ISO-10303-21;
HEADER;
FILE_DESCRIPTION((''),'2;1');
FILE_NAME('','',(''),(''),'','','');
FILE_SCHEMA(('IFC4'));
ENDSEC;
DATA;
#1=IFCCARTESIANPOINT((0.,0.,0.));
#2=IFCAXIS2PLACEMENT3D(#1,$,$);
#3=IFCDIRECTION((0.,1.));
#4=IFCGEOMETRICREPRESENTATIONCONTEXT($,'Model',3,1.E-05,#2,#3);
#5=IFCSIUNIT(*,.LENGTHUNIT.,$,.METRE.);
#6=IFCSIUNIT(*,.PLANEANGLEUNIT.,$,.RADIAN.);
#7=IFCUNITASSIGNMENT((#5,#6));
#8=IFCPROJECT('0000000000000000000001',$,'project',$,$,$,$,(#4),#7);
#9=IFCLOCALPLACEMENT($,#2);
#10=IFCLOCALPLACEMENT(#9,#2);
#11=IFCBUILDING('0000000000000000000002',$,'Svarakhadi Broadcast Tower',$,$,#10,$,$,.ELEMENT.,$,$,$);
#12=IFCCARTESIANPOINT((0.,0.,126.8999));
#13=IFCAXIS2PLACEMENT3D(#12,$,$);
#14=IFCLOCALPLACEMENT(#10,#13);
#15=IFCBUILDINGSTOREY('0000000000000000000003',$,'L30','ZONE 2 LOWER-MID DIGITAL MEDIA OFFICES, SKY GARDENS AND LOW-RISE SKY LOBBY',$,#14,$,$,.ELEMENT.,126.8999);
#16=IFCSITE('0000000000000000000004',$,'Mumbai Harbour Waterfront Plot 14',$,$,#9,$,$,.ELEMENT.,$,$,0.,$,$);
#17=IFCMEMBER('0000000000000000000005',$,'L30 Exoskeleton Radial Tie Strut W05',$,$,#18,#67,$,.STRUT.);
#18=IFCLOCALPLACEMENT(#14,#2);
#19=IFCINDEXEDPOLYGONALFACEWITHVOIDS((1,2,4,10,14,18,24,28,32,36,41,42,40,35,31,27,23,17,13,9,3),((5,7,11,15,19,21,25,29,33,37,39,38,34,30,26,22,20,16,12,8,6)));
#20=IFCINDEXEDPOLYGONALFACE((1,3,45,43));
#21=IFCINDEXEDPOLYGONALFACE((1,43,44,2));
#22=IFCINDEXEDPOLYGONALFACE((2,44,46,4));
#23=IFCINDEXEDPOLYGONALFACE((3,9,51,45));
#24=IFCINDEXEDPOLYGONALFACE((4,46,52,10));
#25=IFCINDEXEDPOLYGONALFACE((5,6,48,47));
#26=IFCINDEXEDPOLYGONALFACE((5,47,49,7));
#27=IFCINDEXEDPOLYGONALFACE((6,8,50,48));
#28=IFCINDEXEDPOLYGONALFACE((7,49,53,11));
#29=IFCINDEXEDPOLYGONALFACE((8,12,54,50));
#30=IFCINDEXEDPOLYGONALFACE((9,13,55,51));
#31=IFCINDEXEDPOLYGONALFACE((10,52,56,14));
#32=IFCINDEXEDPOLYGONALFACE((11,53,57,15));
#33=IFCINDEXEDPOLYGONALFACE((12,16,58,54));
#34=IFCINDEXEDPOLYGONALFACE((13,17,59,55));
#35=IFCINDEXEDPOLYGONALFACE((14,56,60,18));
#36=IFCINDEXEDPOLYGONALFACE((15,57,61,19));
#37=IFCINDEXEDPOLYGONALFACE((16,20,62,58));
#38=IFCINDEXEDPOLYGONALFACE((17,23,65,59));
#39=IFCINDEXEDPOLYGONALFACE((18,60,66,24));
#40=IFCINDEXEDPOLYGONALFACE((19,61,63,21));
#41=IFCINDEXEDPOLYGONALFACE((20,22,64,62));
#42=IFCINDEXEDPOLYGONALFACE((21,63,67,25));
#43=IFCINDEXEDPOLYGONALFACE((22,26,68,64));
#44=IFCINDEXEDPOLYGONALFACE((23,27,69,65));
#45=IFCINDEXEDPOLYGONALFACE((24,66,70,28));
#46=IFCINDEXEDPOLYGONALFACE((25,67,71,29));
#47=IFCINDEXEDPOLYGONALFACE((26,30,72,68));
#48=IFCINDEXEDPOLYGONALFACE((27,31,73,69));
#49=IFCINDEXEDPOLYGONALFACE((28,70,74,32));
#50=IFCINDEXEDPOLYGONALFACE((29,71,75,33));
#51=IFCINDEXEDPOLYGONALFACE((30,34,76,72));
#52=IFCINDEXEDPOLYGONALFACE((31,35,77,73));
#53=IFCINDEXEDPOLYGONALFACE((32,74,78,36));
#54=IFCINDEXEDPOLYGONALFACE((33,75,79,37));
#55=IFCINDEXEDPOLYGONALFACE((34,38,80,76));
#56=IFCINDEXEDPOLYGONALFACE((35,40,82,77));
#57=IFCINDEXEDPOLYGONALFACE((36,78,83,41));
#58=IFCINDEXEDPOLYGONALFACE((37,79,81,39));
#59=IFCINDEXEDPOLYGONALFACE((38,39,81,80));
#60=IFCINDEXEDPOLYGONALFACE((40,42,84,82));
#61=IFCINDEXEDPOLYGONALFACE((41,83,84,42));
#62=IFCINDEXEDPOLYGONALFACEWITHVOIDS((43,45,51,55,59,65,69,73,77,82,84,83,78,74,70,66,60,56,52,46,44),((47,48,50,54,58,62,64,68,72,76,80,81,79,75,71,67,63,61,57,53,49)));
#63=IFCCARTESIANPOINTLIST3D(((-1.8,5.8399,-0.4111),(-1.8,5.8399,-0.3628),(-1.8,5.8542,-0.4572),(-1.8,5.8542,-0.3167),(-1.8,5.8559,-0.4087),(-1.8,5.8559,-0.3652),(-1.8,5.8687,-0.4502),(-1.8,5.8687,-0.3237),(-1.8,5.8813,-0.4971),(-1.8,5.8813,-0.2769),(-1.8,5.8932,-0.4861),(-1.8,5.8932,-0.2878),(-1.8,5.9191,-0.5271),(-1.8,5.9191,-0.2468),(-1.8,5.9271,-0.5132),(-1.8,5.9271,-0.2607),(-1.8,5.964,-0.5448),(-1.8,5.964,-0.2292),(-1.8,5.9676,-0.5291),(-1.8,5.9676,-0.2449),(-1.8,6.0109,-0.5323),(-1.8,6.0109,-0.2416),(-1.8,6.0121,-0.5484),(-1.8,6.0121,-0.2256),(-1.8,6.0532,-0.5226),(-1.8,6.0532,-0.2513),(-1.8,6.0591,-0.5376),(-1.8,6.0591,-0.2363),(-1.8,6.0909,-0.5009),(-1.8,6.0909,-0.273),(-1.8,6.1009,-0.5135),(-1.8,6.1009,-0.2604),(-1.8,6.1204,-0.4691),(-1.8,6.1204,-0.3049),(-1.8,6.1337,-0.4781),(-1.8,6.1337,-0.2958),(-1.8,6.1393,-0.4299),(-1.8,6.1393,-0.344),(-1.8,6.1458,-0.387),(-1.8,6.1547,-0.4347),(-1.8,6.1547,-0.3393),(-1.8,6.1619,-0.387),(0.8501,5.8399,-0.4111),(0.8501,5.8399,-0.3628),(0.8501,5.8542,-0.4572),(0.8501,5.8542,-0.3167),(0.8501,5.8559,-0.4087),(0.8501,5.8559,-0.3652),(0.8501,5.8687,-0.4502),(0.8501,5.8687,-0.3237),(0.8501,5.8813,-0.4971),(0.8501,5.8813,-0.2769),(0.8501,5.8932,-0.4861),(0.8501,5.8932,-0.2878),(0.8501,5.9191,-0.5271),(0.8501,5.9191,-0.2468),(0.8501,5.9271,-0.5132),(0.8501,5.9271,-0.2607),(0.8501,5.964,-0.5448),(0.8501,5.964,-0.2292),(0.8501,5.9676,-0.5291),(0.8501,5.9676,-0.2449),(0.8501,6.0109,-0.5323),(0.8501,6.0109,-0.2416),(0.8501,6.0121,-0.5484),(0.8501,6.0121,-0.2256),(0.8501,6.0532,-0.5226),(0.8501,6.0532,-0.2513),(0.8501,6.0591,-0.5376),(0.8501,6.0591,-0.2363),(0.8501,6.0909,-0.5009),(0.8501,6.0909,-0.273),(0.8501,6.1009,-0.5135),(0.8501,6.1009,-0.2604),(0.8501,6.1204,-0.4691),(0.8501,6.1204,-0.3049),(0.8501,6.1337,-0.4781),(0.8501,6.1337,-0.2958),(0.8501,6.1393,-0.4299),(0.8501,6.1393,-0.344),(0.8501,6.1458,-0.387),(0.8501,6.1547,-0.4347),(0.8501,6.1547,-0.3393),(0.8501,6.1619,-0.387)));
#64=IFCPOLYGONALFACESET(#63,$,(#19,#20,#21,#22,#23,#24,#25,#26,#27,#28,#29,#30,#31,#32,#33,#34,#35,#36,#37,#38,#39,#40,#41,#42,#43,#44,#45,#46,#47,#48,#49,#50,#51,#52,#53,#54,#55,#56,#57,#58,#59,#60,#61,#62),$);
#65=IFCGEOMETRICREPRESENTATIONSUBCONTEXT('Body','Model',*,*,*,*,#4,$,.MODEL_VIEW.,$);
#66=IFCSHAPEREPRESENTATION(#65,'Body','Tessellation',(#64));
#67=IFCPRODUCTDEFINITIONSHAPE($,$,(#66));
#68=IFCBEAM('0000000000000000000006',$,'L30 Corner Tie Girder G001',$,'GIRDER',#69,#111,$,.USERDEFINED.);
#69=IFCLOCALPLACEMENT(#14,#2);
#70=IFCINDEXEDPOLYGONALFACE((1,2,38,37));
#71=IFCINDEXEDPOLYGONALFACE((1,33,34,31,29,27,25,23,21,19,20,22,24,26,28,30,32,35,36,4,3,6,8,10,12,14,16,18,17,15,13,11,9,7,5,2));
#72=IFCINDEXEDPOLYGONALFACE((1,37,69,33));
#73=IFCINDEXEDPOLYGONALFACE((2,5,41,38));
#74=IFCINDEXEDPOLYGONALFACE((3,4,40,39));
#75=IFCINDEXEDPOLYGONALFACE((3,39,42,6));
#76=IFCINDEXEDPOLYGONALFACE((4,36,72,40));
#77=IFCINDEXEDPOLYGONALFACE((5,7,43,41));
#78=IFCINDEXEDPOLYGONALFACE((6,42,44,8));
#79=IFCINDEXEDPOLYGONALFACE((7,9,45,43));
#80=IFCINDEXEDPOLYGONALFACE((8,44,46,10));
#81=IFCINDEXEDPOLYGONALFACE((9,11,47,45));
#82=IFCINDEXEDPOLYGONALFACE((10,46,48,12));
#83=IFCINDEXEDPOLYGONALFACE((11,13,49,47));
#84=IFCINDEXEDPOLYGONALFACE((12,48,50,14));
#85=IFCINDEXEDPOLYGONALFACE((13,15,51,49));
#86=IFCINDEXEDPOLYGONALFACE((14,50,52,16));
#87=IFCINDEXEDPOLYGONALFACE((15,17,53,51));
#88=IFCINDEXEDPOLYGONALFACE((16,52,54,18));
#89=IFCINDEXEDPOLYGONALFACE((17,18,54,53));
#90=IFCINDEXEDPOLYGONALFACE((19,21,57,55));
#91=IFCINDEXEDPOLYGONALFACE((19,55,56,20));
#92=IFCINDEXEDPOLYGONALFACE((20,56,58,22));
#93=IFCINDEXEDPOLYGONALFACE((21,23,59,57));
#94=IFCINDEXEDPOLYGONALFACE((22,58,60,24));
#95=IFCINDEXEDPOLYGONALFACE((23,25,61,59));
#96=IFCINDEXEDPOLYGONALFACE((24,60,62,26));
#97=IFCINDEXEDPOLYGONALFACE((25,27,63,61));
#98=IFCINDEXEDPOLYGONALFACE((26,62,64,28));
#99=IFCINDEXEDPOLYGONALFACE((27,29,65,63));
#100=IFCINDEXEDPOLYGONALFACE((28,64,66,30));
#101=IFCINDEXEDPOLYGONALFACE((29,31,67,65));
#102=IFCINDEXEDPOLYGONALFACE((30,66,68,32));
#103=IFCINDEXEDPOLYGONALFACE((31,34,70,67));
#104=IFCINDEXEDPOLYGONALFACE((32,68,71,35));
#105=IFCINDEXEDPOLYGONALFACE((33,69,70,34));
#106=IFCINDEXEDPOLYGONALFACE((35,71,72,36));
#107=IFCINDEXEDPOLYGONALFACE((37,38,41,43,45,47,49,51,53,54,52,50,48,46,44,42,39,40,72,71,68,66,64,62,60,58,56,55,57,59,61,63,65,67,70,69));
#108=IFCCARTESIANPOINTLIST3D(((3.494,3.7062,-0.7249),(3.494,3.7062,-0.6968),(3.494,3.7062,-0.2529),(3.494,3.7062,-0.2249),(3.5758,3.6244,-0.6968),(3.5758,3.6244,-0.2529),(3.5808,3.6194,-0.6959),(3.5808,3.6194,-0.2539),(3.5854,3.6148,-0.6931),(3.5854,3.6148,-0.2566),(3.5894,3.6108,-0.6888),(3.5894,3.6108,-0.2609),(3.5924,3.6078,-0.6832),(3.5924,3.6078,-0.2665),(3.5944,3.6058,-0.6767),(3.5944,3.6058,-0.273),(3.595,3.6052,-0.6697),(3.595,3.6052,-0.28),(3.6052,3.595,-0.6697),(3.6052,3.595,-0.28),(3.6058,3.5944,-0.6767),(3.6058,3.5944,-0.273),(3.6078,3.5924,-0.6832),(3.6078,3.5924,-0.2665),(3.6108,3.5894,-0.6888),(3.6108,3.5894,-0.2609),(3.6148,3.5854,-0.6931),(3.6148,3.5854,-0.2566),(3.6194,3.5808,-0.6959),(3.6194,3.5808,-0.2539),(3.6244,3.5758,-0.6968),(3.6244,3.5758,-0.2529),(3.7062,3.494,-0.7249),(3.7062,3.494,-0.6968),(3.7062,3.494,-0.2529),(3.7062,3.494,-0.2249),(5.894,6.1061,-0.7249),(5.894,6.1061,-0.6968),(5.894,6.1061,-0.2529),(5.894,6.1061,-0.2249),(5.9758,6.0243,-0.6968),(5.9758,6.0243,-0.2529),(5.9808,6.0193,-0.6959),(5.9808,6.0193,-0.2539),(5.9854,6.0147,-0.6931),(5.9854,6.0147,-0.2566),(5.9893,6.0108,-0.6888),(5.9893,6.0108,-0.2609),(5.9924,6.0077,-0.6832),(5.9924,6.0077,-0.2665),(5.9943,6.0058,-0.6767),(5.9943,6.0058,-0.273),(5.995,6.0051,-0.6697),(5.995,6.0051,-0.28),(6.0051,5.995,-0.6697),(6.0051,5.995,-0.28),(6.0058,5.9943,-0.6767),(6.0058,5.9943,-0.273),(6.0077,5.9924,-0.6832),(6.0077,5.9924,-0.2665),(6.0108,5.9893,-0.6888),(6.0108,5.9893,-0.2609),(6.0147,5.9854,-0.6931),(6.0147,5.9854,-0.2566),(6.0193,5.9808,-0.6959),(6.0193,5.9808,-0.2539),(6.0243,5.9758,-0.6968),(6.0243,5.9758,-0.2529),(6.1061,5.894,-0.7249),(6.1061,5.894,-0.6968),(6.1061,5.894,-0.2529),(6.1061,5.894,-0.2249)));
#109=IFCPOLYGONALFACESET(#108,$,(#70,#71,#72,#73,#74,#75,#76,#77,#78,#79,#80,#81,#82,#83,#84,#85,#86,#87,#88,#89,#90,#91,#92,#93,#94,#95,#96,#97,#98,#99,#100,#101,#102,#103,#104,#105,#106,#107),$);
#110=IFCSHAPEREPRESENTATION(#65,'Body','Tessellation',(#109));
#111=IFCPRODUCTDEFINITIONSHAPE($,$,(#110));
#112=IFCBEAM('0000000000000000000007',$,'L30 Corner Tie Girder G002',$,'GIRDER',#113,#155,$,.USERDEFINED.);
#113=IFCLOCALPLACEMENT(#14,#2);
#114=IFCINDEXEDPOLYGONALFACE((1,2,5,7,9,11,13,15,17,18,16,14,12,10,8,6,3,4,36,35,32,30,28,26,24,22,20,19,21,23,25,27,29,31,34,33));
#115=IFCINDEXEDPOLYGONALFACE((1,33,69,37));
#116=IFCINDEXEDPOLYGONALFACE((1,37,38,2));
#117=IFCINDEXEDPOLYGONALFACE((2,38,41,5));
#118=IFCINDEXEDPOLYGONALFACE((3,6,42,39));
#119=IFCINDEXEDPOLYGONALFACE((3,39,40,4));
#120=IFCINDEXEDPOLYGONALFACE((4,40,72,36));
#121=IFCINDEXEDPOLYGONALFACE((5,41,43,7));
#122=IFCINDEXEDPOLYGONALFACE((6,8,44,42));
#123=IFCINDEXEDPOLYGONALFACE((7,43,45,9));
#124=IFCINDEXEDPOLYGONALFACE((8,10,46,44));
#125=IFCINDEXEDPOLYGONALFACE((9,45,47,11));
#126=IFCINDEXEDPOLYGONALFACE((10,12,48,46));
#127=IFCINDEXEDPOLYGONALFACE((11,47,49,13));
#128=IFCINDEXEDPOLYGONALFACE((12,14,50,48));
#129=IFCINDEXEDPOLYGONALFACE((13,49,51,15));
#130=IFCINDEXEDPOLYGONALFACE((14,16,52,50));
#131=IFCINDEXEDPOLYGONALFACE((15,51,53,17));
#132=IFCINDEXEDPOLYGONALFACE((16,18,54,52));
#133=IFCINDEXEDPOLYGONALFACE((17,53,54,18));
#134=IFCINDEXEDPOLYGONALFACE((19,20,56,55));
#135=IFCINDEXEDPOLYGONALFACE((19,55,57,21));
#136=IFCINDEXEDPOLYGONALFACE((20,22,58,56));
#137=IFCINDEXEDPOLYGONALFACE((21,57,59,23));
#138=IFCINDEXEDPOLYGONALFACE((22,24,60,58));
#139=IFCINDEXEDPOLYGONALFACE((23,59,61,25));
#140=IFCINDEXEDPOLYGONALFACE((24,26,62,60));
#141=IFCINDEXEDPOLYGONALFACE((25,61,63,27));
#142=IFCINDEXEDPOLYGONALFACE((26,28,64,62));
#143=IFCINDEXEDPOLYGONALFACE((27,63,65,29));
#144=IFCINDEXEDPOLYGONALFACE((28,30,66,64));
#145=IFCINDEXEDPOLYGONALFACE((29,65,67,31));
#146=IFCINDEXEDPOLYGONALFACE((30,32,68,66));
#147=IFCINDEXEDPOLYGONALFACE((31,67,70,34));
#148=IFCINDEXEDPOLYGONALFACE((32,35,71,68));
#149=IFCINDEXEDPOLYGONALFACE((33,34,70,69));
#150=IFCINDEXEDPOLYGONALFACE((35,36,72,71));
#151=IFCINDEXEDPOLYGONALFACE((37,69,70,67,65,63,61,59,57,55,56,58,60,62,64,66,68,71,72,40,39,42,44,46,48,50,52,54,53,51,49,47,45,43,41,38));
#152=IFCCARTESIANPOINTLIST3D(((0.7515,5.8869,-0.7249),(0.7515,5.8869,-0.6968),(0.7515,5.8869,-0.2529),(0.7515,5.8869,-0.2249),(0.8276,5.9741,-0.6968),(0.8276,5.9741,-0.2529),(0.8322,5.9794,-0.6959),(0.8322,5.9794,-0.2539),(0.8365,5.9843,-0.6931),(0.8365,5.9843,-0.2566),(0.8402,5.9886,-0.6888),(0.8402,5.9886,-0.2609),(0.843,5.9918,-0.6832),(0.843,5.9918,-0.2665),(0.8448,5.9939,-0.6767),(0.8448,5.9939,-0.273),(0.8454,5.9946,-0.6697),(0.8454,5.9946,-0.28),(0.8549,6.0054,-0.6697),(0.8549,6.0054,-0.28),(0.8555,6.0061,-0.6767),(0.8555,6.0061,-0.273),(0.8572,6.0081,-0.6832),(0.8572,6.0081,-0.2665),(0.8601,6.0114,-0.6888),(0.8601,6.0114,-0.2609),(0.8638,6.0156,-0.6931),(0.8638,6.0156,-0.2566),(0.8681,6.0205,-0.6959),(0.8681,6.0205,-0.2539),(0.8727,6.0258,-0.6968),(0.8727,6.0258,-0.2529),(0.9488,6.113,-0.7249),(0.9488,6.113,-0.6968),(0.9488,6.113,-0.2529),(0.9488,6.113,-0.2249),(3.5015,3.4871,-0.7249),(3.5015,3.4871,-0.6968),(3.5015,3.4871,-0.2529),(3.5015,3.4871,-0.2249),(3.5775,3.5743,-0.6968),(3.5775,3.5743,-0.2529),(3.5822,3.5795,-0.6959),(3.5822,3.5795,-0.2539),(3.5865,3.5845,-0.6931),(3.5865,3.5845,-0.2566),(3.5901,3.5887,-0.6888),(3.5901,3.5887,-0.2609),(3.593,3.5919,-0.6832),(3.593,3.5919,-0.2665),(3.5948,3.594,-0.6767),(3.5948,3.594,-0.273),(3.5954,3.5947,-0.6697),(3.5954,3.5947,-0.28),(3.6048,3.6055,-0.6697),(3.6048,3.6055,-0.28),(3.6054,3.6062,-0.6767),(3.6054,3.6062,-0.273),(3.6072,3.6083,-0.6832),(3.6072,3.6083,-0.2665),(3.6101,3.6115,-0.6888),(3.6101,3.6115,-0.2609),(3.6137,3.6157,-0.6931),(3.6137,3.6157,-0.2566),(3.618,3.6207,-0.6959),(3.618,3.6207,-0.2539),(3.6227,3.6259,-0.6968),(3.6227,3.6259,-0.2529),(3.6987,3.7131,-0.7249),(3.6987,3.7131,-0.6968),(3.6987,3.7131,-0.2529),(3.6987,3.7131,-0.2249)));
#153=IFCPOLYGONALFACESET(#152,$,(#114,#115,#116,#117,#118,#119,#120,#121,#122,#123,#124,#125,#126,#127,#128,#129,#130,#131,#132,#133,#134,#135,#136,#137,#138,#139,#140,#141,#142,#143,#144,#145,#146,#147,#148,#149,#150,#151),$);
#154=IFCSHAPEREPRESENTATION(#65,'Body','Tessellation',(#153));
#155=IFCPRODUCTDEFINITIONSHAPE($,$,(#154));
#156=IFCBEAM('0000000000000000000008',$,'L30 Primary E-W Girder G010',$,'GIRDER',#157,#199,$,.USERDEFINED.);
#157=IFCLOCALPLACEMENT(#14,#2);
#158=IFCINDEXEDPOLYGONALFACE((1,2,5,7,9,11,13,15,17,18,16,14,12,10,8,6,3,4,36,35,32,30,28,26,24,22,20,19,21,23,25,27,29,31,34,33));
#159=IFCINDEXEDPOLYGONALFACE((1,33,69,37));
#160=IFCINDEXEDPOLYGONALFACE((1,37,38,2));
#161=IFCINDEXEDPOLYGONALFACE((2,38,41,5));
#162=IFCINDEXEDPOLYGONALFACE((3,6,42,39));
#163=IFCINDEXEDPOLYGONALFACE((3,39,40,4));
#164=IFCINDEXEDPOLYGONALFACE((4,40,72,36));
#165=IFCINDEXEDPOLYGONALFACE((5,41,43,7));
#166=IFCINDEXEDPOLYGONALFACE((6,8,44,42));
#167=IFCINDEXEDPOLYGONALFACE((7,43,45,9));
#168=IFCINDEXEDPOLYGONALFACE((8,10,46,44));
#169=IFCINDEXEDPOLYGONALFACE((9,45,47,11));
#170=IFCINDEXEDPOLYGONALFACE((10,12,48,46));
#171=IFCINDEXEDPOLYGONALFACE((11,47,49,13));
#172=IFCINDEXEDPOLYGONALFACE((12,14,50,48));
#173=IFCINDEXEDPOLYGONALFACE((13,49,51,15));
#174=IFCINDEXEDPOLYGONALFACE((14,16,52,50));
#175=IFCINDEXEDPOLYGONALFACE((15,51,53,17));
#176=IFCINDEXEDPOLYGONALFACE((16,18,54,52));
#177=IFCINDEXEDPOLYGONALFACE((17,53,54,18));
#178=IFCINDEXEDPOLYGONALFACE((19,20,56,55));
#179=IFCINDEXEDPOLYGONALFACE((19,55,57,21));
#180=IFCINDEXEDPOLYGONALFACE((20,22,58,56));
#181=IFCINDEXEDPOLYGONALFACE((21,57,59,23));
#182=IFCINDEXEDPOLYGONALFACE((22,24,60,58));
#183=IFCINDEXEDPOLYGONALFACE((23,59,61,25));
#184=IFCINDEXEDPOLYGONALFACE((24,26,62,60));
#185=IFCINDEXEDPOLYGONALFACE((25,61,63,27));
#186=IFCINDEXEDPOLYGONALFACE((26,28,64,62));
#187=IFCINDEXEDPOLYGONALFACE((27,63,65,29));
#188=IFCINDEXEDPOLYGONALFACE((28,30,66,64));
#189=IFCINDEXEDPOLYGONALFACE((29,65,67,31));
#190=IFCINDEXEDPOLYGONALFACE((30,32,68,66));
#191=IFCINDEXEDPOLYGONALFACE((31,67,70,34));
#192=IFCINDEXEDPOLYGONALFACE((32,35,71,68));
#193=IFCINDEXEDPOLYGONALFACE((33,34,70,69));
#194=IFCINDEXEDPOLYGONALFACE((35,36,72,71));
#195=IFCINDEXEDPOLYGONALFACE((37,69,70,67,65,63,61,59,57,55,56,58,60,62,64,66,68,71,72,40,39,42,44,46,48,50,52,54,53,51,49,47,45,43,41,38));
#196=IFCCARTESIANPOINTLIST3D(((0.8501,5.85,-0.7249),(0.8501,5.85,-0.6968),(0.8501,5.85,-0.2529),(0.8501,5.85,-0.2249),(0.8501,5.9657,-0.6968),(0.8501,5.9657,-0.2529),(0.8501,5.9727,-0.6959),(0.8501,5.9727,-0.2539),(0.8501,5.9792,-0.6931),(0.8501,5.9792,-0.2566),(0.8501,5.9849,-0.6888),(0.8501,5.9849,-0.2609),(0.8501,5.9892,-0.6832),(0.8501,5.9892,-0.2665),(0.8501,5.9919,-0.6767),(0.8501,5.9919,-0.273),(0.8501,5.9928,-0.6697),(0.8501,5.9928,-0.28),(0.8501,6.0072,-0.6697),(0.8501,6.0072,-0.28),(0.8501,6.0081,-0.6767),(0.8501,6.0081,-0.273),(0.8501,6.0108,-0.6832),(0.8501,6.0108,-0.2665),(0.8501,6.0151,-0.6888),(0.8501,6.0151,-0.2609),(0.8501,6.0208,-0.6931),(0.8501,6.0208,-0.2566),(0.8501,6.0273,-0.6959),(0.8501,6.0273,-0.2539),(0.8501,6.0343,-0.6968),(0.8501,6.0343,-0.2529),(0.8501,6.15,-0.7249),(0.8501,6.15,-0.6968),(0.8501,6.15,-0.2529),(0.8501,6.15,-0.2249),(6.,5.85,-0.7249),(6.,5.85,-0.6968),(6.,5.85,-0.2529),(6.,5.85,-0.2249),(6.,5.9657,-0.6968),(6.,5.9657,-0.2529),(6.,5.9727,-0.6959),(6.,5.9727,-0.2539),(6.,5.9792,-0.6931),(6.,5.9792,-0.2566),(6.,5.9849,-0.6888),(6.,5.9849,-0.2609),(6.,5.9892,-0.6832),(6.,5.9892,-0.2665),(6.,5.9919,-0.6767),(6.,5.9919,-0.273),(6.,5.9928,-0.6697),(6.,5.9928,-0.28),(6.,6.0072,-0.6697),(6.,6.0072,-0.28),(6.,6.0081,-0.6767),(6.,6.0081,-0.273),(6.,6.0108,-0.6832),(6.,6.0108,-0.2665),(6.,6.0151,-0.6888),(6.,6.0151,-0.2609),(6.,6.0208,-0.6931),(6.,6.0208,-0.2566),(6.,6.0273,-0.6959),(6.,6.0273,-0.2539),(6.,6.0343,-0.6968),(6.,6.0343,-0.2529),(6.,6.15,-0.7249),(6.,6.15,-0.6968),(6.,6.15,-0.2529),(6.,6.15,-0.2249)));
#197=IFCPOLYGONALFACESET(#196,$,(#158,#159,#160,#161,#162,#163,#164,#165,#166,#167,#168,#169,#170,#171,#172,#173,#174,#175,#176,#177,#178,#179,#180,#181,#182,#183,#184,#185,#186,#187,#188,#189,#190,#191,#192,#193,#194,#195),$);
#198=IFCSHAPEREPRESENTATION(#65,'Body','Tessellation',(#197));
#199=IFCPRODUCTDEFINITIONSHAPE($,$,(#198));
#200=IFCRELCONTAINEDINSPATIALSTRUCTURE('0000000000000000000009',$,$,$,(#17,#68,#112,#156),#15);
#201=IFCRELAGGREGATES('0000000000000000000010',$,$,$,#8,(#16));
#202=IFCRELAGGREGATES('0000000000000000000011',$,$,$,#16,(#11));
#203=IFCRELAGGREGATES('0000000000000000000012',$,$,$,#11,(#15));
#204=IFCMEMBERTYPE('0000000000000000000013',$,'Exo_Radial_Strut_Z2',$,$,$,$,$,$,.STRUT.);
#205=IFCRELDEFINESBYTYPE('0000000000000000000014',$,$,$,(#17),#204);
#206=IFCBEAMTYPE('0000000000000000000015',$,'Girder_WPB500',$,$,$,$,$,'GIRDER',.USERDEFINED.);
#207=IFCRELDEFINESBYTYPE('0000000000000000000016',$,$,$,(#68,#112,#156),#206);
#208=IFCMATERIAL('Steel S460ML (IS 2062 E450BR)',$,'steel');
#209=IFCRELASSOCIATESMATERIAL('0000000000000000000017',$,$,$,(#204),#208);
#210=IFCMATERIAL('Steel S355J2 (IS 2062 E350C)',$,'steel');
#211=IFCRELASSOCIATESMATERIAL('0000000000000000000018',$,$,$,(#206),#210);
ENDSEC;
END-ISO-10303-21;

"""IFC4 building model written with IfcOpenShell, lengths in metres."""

from ifc_helpers import new_model, si_unit, direction, frame, origin, origin_2d, place, context, subcontext, project, spatial, hollow_circle, i_section, extrude, material, material_profile, profile_set, type_object, element, save


model = new_model("IFC4")

# Units and contexts
model_context = context("Model", 3, precision=1e-05, world=origin(), true_north=direction((0.0, 1.0)))
body_context = subcontext(model_context, "Body", "Model", "MODEL_VIEW")
ifc_project = project(units=[si_unit("LENGTHUNIT", "METRE"), si_unit("PLANEANGLEUNIT", "RADIAN")], contexts=[model_context])

# Site, building, storey
site_placement = place(None, origin())
site = spatial("IfcSite", under=ifc_project, at=site_placement, Name="Mumbai Harbour Waterfront Plot 14", CompositionType="ELEMENT", RefElevation=0.0)
building_placement = place(site_placement, origin())
building = spatial("IfcBuilding", under=site, at=building_placement, Name="Svarakhadi Broadcast Tower", CompositionType="ELEMENT")
storey_placement = place(building_placement, frame((0.0, 0.0, 126.8999)))
storey = spatial("IfcBuildingStorey", under=building, at=storey_placement, Name="L30", Description="ZONE 2 LOWER-MID DIGITAL MEDIA OFFICES, SKY GARDENS AND LOW-RISE SKY LOBBY", CompositionType="ELEMENT", Elevation=126.8999)

# Shared definitions
ifc_material_1 = material(Name="Steel S460ML (IS 2062 E450BR)", Category="steel")

# Member
ifc_material_profile_1 = material_profile(ifc_material_1, hollow_circle(Radius=0.1619, WallThickness=0.0161, at=origin_2d()), Name="CHS 323.9x16")
ifc_profile_set_1 = profile_set([ifc_material_profile_1], Name="Steel S460ML (IS 2062 E450BR)")
member_type_1 = type_object("IfcMemberType", Name="Exo_Radial_Strut_Z2", PredefinedType="STRUT", material=ifc_profile_set_1)
member_1_placement = place(storey_placement, frame((-1.8, 6.0, -0.387), z_axis=(1.0, 0.0, 0.0), x_axis=(0.0, 1.0, 0.0)))
element("IfcMember", 1, at=member_1_placement, inside=storey, type_object=member_type_1, Name="L30 Exoskeleton Radial Tie Strut W05", PredefinedType="STRUT", context=body_context, shape_type="SweptSolid", body=[
    extrude(hollow_circle(Radius=0.1619, WallThickness=0.0161, at=origin_2d()), origin(), (0.0, 0.0, 1.0), 2.6501),
])

# Beams
ifc_material_2 = material(Name="Steel S355J2 (IS 2062 E350C)", Category="steel")
ifc_material_profile_2 = material_profile(ifc_material_2, i_section(OverallWidth=0.3, OverallDepth=0.5, WebThickness=0.0144, FlangeThickness=0.0281, FilletRadius=0.0271, at=origin_2d()), Name="WPB 500x300x187")
ifc_profile_set_2 = profile_set([ifc_material_profile_2], Name="Steel S355J2 (IS 2062 E350C)")
beam_type = type_object("IfcBeamType", Name="Girder_WPB500", ElementType="GIRDER", PredefinedType="USERDEFINED", material=ifc_profile_set_2)
beam_1_placement = place(storey_placement, frame((3.6001, 3.6001, -0.4749), z_axis=(0.707107, 0.707107, 0.0), x_axis=(-0.707107, 0.707107, 0.0)))
element("IfcBeam", 2, at=beam_1_placement, inside=storey, type_object=beam_type, Name="L30 Corner Tie Girder G001", ObjectType="GIRDER", PredefinedType="USERDEFINED", context=body_context, shape_type="SweptSolid", body=[
    extrude(i_section(OverallWidth=0.3, OverallDepth=0.5, WebThickness=0.0144, FlangeThickness=0.0281, FilletRadius=0.0271, at=origin_2d()), origin(), (0.0, 0.0, 1.0), 3.394),
])
beam_2_placement = place(storey_placement, frame((3.6001, 3.6001, -0.4749), z_axis=(-0.753438, 0.657519, 0.0), x_axis=(-0.657519, -0.753438, 0.0)))
element("IfcBeam", 3, at=beam_2_placement, inside=storey, type_object=beam_type, Name="L30 Corner Tie Girder G002", ObjectType="GIRDER", PredefinedType="USERDEFINED", context=body_context, shape_type="SweptSolid", body=[
    extrude(i_section(OverallWidth=0.3, OverallDepth=0.5, WebThickness=0.0144, FlangeThickness=0.0281, FilletRadius=0.0271, at=origin_2d()), origin(), (0.0, 0.0, 1.0), 3.6499),
])
beam_3_placement = place(storey_placement, frame((0.8501, 6.0, -0.4749), z_axis=(1.0, 0.0, 0.0), x_axis=(0.0, 1.0, 0.0)))
element("IfcBeam", 4, at=beam_3_placement, inside=storey, type_object=beam_type, Name="L30 Primary E-W Girder G010", ObjectType="GIRDER", PredefinedType="USERDEFINED", context=body_context, shape_type="SweptSolid", body=[
    extrude(i_section(OverallWidth=0.3, OverallDepth=0.5, WebThickness=0.0144, FlangeThickness=0.0281, FilletRadius=0.0271, at=origin_2d()), origin(), (0.0, 0.0, 1.0), 5.1499),
])

save(model, "model.ifc")
